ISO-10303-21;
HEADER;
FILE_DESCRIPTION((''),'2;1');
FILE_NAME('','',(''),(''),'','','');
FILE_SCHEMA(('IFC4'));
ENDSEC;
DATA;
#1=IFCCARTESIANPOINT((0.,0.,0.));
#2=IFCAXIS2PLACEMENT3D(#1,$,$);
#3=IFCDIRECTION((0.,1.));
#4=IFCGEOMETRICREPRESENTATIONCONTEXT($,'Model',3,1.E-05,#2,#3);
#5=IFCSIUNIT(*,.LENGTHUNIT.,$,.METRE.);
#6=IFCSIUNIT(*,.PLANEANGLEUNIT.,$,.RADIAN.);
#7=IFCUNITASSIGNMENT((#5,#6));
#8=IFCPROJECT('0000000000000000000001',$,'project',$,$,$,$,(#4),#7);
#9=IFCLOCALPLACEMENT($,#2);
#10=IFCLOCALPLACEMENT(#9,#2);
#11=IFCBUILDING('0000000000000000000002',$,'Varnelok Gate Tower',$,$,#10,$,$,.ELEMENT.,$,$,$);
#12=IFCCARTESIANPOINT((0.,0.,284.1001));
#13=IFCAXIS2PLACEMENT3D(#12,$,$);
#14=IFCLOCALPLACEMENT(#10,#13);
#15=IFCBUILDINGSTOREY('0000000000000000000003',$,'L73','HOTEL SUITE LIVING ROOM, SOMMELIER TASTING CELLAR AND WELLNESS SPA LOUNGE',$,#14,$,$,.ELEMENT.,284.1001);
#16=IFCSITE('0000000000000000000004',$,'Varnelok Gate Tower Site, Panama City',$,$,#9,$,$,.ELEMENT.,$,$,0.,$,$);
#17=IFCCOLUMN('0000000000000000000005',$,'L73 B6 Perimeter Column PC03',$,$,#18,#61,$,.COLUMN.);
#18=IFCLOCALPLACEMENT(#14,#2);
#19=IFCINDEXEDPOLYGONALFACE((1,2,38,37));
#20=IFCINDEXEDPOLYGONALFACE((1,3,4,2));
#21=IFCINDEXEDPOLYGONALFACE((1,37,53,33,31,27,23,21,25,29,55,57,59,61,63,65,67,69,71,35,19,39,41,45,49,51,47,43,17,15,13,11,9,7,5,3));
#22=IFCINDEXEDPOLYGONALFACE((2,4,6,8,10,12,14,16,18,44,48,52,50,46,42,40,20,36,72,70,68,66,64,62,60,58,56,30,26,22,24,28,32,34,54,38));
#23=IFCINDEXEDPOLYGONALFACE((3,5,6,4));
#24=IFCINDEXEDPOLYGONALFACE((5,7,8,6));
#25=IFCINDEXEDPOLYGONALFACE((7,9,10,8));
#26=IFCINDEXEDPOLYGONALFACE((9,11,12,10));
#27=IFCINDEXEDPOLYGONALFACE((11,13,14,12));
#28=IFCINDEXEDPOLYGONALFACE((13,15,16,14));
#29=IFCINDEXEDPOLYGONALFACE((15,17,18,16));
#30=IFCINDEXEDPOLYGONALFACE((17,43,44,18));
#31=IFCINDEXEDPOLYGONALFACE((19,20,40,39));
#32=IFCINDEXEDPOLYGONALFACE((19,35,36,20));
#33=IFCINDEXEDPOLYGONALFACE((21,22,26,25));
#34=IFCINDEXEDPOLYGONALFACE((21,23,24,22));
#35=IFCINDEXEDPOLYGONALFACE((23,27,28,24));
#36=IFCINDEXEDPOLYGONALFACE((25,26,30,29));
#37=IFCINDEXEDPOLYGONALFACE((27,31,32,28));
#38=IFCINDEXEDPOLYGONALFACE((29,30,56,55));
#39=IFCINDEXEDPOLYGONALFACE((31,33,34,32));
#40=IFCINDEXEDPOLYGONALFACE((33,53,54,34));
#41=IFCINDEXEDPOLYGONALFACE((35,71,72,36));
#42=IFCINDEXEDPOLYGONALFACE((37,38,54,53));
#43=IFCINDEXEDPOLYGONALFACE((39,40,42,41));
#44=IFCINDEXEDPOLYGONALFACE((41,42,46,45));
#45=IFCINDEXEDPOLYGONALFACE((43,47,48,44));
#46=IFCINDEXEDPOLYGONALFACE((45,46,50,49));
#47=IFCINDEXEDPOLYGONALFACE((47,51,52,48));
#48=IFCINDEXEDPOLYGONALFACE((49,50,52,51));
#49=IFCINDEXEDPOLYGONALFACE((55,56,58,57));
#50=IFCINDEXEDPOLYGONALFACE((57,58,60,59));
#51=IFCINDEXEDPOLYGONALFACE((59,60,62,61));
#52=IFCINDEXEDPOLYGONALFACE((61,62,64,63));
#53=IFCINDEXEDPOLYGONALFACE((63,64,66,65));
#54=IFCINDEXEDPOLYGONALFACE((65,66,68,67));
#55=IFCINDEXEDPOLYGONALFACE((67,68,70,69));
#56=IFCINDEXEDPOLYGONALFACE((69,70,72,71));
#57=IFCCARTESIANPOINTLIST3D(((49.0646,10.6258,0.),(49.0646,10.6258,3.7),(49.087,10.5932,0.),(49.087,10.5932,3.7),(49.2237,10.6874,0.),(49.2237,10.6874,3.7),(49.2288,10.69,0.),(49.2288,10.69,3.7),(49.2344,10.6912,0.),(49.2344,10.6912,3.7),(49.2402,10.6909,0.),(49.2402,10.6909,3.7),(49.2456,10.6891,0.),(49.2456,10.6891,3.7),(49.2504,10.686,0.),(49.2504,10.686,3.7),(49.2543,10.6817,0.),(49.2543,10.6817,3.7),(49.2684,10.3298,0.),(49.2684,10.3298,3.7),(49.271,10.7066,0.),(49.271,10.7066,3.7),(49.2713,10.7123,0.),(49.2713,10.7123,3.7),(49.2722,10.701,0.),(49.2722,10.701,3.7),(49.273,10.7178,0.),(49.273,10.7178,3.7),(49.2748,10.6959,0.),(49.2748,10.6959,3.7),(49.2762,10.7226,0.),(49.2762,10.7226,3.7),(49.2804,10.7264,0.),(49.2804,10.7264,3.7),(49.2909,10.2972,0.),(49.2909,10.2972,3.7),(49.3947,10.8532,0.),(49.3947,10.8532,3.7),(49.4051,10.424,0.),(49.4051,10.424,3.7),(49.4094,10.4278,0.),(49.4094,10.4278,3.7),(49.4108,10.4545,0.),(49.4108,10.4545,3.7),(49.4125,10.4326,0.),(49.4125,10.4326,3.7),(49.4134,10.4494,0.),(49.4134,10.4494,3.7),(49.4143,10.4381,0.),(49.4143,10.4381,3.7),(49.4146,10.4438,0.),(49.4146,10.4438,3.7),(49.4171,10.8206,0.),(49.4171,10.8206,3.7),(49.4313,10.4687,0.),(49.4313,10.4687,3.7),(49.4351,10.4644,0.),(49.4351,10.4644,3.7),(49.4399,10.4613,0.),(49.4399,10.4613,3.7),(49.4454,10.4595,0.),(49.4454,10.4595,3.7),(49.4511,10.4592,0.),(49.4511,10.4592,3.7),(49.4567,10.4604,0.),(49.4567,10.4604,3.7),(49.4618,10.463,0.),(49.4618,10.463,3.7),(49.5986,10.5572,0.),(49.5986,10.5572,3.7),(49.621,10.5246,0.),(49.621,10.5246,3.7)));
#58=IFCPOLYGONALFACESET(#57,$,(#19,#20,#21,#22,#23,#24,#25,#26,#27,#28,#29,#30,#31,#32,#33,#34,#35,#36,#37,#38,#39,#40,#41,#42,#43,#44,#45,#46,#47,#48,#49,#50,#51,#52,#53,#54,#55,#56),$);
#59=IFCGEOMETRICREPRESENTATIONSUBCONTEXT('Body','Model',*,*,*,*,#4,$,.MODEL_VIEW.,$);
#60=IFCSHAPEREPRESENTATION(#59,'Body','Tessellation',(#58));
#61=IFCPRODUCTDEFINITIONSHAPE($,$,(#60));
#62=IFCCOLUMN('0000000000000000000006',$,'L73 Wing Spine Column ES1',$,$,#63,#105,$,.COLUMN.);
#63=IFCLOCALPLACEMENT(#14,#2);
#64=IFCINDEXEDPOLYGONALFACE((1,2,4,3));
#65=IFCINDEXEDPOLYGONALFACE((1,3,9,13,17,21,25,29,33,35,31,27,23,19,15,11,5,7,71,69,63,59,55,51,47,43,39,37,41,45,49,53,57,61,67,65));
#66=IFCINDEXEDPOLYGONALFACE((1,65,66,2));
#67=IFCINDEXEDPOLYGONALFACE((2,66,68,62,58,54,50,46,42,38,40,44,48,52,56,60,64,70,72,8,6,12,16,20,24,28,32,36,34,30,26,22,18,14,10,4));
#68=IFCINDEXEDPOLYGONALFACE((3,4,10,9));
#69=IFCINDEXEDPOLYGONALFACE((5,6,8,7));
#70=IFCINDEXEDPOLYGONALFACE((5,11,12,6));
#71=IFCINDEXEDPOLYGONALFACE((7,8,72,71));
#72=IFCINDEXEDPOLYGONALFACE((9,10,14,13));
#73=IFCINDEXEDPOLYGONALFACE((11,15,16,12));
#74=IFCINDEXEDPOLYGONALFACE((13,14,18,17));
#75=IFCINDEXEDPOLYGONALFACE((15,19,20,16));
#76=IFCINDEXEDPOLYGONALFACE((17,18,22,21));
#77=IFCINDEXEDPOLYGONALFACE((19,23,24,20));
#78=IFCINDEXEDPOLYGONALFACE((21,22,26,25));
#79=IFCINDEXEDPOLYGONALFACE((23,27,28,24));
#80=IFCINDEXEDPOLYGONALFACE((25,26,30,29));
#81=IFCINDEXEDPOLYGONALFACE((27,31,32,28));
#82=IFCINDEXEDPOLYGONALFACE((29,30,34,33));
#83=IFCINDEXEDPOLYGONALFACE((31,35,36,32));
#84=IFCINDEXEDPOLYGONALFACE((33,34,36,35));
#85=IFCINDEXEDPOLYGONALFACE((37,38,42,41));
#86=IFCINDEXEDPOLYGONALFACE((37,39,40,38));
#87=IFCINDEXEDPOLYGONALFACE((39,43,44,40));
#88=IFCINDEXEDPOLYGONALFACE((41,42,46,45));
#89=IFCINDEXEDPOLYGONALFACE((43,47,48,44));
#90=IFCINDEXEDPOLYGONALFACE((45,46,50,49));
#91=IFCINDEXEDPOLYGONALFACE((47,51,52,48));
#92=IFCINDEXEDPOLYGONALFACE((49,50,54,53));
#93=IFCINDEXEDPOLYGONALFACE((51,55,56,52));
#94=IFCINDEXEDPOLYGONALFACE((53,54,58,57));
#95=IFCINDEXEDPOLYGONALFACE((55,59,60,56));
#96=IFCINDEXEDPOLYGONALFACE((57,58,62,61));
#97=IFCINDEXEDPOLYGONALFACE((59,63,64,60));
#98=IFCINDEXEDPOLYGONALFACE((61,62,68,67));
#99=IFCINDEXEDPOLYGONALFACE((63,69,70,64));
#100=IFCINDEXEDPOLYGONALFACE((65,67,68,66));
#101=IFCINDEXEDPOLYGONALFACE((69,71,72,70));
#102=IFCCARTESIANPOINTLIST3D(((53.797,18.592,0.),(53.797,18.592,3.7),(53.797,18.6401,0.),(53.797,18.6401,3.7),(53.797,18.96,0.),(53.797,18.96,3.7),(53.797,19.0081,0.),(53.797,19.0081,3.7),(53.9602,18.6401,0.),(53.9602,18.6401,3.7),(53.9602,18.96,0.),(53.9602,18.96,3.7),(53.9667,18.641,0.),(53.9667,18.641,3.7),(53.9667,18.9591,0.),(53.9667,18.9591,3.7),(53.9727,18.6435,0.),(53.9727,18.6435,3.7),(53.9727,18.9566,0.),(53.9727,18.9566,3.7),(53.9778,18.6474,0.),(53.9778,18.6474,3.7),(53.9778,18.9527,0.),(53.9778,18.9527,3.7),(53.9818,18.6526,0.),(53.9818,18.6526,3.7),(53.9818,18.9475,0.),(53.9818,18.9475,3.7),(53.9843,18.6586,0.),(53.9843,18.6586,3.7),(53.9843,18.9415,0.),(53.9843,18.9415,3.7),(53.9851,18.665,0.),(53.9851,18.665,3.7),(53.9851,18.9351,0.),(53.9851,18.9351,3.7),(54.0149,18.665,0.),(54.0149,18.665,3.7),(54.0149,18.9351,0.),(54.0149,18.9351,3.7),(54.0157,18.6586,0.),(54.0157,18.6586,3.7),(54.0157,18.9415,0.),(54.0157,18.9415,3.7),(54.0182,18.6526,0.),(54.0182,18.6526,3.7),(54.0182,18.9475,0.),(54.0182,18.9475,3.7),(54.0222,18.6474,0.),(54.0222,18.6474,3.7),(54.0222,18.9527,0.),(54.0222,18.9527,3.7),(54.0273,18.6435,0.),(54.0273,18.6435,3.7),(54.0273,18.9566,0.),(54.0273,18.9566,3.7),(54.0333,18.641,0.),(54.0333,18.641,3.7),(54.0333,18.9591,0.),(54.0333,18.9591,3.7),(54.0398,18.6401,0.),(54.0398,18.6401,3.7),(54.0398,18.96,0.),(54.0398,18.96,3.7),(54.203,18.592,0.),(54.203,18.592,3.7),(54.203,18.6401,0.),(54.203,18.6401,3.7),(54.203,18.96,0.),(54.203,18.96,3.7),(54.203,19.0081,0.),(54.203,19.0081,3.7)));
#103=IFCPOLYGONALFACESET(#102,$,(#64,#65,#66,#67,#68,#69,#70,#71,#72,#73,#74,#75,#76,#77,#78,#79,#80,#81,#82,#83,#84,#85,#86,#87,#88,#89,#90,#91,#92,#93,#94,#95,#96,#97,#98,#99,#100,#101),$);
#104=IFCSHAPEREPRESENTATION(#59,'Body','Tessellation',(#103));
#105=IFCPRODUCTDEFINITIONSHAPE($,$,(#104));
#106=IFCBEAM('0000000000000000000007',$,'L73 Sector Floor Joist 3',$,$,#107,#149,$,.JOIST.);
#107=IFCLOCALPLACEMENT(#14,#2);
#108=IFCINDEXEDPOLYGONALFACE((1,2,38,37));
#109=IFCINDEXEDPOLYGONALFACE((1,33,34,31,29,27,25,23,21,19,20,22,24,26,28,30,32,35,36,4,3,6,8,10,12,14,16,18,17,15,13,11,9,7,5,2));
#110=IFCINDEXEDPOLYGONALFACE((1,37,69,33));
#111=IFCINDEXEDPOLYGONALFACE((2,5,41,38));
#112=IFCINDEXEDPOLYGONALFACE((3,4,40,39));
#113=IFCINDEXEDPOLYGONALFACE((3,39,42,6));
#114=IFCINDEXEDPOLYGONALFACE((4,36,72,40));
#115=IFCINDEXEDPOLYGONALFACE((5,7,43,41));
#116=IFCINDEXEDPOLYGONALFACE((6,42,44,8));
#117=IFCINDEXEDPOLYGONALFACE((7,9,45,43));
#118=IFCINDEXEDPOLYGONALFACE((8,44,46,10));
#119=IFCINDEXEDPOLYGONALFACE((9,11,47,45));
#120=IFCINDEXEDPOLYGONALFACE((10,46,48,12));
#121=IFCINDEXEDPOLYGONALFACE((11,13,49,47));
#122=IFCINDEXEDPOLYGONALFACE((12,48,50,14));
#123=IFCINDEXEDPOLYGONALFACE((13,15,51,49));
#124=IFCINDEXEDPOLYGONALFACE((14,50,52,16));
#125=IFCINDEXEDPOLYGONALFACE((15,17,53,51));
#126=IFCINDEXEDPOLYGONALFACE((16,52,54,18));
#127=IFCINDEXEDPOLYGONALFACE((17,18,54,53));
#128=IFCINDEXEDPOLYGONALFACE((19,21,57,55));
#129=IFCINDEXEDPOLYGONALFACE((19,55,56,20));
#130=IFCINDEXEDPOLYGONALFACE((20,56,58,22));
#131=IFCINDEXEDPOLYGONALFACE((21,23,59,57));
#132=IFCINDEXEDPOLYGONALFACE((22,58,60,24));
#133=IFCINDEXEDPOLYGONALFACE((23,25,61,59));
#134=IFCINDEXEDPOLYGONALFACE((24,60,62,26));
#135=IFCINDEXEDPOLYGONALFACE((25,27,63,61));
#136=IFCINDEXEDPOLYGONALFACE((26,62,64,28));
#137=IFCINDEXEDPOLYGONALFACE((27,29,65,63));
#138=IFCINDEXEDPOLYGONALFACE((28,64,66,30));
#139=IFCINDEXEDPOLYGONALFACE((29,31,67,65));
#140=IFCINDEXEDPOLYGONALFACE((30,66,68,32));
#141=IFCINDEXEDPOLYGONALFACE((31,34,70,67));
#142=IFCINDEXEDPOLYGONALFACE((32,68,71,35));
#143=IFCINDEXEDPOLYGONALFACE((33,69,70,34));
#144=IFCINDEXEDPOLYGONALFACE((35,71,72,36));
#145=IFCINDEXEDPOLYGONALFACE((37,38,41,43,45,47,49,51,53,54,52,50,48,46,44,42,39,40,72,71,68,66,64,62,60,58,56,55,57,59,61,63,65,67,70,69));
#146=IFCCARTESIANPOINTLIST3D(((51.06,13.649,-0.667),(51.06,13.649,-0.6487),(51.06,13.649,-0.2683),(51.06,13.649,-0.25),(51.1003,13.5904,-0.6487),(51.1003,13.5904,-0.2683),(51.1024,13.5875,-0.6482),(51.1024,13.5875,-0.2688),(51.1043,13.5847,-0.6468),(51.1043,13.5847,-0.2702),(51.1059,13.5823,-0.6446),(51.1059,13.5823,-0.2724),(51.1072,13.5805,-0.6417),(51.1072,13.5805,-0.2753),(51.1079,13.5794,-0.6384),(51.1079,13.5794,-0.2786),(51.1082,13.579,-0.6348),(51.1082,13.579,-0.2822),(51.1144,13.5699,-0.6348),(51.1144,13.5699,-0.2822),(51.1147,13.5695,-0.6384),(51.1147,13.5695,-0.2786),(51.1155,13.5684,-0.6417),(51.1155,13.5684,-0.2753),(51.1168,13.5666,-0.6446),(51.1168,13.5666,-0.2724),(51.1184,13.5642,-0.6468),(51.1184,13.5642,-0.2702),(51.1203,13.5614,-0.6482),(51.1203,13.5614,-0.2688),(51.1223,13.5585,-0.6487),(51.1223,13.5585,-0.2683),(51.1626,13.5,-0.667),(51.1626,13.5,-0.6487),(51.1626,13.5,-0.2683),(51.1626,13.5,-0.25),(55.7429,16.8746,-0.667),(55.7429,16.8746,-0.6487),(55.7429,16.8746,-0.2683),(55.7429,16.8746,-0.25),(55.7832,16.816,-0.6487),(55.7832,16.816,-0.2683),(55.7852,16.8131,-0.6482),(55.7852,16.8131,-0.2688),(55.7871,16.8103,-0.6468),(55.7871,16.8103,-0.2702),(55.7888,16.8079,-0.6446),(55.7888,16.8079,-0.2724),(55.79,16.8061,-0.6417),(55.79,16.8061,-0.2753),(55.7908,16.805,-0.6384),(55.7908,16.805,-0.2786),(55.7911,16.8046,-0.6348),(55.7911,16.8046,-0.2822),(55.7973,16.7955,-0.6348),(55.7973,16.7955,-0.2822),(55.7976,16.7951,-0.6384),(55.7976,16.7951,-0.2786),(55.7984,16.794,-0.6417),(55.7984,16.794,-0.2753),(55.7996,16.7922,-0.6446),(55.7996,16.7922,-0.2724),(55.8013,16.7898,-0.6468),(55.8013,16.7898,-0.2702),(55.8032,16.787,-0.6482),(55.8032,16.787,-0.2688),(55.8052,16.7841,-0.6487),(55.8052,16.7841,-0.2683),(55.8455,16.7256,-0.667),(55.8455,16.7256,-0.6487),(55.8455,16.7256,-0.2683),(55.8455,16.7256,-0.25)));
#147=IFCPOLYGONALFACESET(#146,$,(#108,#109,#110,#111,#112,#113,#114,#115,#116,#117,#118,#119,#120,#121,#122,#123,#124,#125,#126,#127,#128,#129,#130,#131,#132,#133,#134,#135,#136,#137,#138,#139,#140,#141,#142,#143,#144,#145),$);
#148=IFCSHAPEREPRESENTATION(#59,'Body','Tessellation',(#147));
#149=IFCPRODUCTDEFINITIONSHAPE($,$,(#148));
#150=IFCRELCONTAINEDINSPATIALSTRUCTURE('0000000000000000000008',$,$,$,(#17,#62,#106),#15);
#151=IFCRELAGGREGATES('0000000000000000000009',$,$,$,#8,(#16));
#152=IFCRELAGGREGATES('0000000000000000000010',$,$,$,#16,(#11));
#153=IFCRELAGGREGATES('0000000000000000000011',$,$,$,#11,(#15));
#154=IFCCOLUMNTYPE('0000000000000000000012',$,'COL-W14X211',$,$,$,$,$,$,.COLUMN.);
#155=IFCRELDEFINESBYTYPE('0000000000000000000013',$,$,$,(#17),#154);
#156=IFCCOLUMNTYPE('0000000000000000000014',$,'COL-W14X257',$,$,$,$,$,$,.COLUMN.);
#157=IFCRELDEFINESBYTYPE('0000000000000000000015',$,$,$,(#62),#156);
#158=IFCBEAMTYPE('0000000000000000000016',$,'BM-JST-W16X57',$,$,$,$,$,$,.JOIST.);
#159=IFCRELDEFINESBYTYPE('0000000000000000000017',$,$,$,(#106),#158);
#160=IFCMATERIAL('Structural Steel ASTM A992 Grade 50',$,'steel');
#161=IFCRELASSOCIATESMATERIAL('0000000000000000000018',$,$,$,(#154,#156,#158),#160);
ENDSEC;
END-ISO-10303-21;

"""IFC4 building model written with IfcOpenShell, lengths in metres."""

from ifc_helpers import new_model, si_unit, direction, frame, origin, origin_2d, place, context, subcontext, project, spatial, i_section, extrude, material, material_profile, profile_set, type_object, element, save


model = new_model("IFC4")

# Units and contexts
model_context = context("Model", 3, precision=1e-05, world=origin(), true_north=direction((0.0, 1.0)))
body_context = subcontext(model_context, "Body", "Model", "MODEL_VIEW")
ifc_project = project(units=[si_unit("LENGTHUNIT", "METRE"), si_unit("PLANEANGLEUNIT", "RADIAN")], contexts=[model_context])

# Site, building, storey
site_placement = place(None, origin())
site = spatial("IfcSite", under=ifc_project, at=site_placement, Name="Varnelok Gate Tower Site, Panama City", CompositionType="ELEMENT", RefElevation=0.0)
building_placement = place(site_placement, origin())
building = spatial("IfcBuilding", under=site, at=building_placement, Name="Varnelok Gate Tower", CompositionType="ELEMENT")
storey_placement = place(building_placement, frame((0.0, 0.0, 284.1001)))
storey = spatial("IfcBuildingStorey", under=building, at=storey_placement, Name="L73", Description="HOTEL SUITE LIVING ROOM, SOMMELIER TASTING CELLAR AND WELLNESS SPA LOUNGE", CompositionType="ELEMENT", Elevation=284.1001)

# Columns
ifc_material_1 = material(Name="Structural Steel ASTM A992 Grade 50", Category="steel")
ifc_material_profile_1 = material_profile(ifc_material_1, i_section(OverallWidth=0.4009, OverallDepth=0.3989, WebThickness=0.0249, FlangeThickness=0.0396, FilletRadius=0.022, at=origin_2d()), Name="W14X211")
ifc_profile_set_1 = profile_set([ifc_material_profile_1], Name="Structural Steel ASTM A992 Grade 50")
column_type_1 = type_object("IfcColumnType", Name="COL-W14X211", PredefinedType="COLUMN", material=ifc_profile_set_1)
column_1_placement = place(storey_placement, frame((49.3428, 10.5752, 0.0), z_axis=(0.0, 0.0, 1.0), x_axis=(0.823533, 0.567269, 0.0)))
element("IfcColumn", 1, at=column_1_placement, inside=storey, type_object=column_type_1, Name="L73 B6 Perimeter Column PC03", PredefinedType="COLUMN", context=body_context, shape_type="SweptSolid", body=[
    extrude(i_section(OverallWidth=0.4009, OverallDepth=0.3989, WebThickness=0.0249, FlangeThickness=0.0396, FilletRadius=0.022, at=origin_2d()), origin(), (0.0, 0.0, 1.0), 3.7),
])
ifc_material_profile_2 = material_profile(ifc_material_1, i_section(OverallWidth=0.406, OverallDepth=0.416, WebThickness=0.0298, FlangeThickness=0.0481, FilletRadius=0.0249, at=origin_2d()), Name="W14X257")
ifc_profile_set_2 = profile_set([ifc_material_profile_2], Name="Structural Steel ASTM A992 Grade 50")
column_type_2 = type_object("IfcColumnType", Name="COL-W14X257", PredefinedType="COLUMN", material=ifc_profile_set_2)
column_2_placement = place(storey_placement, frame((54.0, 18.8, 0.0), z_axis=(0.0, 0.0, 1.0), x_axis=(1.0, 0.0, 0.0)))
element("IfcColumn", 2, at=column_2_placement, inside=storey, type_object=column_type_2, Name="L73 Wing Spine Column ES1", PredefinedType="COLUMN", context=body_context, shape_type="SweptSolid", body=[
    extrude(i_section(OverallWidth=0.406, OverallDepth=0.416, WebThickness=0.0298, FlangeThickness=0.0481, FilletRadius=0.0249, at=origin_2d()), origin(), (0.0, 0.0, 1.0), 3.7),
])

# Beam
ifc_material_profile_3 = material_profile(ifc_material_1, i_section(OverallWidth=0.1809, OverallDepth=0.417, WebThickness=0.011, FlangeThickness=0.0183, FilletRadius=0.0139, at=origin_2d()), Name="W16X57")
ifc_profile_set_3 = profile_set([ifc_material_profile_3], Name="Structural Steel ASTM A992 Grade 50")
beam_type_1 = type_object("IfcBeamType", Name="BM-JST-W16X57", PredefinedType="JOIST", material=ifc_profile_set_3)
beam_1_placement = place(storey_placement, frame((51.1113, 13.5745, -0.4585), z_axis=(0.823539, 0.567259, 0.0), x_axis=(-0.567259, 0.823539, 0.0)))
element("IfcBeam", 3, at=beam_1_placement, inside=storey, type_object=beam_type_1, Name="L73 Sector Floor Joist 3", PredefinedType="JOIST", context=body_context, shape_type="SweptSolid", body=[
    extrude(i_section(OverallWidth=0.1809, OverallDepth=0.417, WebThickness=0.011, FlangeThickness=0.0183, FilletRadius=0.0139, at=origin_2d()), origin(), (0.0, 0.0, 1.0), 5.6863),
])

save(model, "model.ifc")
